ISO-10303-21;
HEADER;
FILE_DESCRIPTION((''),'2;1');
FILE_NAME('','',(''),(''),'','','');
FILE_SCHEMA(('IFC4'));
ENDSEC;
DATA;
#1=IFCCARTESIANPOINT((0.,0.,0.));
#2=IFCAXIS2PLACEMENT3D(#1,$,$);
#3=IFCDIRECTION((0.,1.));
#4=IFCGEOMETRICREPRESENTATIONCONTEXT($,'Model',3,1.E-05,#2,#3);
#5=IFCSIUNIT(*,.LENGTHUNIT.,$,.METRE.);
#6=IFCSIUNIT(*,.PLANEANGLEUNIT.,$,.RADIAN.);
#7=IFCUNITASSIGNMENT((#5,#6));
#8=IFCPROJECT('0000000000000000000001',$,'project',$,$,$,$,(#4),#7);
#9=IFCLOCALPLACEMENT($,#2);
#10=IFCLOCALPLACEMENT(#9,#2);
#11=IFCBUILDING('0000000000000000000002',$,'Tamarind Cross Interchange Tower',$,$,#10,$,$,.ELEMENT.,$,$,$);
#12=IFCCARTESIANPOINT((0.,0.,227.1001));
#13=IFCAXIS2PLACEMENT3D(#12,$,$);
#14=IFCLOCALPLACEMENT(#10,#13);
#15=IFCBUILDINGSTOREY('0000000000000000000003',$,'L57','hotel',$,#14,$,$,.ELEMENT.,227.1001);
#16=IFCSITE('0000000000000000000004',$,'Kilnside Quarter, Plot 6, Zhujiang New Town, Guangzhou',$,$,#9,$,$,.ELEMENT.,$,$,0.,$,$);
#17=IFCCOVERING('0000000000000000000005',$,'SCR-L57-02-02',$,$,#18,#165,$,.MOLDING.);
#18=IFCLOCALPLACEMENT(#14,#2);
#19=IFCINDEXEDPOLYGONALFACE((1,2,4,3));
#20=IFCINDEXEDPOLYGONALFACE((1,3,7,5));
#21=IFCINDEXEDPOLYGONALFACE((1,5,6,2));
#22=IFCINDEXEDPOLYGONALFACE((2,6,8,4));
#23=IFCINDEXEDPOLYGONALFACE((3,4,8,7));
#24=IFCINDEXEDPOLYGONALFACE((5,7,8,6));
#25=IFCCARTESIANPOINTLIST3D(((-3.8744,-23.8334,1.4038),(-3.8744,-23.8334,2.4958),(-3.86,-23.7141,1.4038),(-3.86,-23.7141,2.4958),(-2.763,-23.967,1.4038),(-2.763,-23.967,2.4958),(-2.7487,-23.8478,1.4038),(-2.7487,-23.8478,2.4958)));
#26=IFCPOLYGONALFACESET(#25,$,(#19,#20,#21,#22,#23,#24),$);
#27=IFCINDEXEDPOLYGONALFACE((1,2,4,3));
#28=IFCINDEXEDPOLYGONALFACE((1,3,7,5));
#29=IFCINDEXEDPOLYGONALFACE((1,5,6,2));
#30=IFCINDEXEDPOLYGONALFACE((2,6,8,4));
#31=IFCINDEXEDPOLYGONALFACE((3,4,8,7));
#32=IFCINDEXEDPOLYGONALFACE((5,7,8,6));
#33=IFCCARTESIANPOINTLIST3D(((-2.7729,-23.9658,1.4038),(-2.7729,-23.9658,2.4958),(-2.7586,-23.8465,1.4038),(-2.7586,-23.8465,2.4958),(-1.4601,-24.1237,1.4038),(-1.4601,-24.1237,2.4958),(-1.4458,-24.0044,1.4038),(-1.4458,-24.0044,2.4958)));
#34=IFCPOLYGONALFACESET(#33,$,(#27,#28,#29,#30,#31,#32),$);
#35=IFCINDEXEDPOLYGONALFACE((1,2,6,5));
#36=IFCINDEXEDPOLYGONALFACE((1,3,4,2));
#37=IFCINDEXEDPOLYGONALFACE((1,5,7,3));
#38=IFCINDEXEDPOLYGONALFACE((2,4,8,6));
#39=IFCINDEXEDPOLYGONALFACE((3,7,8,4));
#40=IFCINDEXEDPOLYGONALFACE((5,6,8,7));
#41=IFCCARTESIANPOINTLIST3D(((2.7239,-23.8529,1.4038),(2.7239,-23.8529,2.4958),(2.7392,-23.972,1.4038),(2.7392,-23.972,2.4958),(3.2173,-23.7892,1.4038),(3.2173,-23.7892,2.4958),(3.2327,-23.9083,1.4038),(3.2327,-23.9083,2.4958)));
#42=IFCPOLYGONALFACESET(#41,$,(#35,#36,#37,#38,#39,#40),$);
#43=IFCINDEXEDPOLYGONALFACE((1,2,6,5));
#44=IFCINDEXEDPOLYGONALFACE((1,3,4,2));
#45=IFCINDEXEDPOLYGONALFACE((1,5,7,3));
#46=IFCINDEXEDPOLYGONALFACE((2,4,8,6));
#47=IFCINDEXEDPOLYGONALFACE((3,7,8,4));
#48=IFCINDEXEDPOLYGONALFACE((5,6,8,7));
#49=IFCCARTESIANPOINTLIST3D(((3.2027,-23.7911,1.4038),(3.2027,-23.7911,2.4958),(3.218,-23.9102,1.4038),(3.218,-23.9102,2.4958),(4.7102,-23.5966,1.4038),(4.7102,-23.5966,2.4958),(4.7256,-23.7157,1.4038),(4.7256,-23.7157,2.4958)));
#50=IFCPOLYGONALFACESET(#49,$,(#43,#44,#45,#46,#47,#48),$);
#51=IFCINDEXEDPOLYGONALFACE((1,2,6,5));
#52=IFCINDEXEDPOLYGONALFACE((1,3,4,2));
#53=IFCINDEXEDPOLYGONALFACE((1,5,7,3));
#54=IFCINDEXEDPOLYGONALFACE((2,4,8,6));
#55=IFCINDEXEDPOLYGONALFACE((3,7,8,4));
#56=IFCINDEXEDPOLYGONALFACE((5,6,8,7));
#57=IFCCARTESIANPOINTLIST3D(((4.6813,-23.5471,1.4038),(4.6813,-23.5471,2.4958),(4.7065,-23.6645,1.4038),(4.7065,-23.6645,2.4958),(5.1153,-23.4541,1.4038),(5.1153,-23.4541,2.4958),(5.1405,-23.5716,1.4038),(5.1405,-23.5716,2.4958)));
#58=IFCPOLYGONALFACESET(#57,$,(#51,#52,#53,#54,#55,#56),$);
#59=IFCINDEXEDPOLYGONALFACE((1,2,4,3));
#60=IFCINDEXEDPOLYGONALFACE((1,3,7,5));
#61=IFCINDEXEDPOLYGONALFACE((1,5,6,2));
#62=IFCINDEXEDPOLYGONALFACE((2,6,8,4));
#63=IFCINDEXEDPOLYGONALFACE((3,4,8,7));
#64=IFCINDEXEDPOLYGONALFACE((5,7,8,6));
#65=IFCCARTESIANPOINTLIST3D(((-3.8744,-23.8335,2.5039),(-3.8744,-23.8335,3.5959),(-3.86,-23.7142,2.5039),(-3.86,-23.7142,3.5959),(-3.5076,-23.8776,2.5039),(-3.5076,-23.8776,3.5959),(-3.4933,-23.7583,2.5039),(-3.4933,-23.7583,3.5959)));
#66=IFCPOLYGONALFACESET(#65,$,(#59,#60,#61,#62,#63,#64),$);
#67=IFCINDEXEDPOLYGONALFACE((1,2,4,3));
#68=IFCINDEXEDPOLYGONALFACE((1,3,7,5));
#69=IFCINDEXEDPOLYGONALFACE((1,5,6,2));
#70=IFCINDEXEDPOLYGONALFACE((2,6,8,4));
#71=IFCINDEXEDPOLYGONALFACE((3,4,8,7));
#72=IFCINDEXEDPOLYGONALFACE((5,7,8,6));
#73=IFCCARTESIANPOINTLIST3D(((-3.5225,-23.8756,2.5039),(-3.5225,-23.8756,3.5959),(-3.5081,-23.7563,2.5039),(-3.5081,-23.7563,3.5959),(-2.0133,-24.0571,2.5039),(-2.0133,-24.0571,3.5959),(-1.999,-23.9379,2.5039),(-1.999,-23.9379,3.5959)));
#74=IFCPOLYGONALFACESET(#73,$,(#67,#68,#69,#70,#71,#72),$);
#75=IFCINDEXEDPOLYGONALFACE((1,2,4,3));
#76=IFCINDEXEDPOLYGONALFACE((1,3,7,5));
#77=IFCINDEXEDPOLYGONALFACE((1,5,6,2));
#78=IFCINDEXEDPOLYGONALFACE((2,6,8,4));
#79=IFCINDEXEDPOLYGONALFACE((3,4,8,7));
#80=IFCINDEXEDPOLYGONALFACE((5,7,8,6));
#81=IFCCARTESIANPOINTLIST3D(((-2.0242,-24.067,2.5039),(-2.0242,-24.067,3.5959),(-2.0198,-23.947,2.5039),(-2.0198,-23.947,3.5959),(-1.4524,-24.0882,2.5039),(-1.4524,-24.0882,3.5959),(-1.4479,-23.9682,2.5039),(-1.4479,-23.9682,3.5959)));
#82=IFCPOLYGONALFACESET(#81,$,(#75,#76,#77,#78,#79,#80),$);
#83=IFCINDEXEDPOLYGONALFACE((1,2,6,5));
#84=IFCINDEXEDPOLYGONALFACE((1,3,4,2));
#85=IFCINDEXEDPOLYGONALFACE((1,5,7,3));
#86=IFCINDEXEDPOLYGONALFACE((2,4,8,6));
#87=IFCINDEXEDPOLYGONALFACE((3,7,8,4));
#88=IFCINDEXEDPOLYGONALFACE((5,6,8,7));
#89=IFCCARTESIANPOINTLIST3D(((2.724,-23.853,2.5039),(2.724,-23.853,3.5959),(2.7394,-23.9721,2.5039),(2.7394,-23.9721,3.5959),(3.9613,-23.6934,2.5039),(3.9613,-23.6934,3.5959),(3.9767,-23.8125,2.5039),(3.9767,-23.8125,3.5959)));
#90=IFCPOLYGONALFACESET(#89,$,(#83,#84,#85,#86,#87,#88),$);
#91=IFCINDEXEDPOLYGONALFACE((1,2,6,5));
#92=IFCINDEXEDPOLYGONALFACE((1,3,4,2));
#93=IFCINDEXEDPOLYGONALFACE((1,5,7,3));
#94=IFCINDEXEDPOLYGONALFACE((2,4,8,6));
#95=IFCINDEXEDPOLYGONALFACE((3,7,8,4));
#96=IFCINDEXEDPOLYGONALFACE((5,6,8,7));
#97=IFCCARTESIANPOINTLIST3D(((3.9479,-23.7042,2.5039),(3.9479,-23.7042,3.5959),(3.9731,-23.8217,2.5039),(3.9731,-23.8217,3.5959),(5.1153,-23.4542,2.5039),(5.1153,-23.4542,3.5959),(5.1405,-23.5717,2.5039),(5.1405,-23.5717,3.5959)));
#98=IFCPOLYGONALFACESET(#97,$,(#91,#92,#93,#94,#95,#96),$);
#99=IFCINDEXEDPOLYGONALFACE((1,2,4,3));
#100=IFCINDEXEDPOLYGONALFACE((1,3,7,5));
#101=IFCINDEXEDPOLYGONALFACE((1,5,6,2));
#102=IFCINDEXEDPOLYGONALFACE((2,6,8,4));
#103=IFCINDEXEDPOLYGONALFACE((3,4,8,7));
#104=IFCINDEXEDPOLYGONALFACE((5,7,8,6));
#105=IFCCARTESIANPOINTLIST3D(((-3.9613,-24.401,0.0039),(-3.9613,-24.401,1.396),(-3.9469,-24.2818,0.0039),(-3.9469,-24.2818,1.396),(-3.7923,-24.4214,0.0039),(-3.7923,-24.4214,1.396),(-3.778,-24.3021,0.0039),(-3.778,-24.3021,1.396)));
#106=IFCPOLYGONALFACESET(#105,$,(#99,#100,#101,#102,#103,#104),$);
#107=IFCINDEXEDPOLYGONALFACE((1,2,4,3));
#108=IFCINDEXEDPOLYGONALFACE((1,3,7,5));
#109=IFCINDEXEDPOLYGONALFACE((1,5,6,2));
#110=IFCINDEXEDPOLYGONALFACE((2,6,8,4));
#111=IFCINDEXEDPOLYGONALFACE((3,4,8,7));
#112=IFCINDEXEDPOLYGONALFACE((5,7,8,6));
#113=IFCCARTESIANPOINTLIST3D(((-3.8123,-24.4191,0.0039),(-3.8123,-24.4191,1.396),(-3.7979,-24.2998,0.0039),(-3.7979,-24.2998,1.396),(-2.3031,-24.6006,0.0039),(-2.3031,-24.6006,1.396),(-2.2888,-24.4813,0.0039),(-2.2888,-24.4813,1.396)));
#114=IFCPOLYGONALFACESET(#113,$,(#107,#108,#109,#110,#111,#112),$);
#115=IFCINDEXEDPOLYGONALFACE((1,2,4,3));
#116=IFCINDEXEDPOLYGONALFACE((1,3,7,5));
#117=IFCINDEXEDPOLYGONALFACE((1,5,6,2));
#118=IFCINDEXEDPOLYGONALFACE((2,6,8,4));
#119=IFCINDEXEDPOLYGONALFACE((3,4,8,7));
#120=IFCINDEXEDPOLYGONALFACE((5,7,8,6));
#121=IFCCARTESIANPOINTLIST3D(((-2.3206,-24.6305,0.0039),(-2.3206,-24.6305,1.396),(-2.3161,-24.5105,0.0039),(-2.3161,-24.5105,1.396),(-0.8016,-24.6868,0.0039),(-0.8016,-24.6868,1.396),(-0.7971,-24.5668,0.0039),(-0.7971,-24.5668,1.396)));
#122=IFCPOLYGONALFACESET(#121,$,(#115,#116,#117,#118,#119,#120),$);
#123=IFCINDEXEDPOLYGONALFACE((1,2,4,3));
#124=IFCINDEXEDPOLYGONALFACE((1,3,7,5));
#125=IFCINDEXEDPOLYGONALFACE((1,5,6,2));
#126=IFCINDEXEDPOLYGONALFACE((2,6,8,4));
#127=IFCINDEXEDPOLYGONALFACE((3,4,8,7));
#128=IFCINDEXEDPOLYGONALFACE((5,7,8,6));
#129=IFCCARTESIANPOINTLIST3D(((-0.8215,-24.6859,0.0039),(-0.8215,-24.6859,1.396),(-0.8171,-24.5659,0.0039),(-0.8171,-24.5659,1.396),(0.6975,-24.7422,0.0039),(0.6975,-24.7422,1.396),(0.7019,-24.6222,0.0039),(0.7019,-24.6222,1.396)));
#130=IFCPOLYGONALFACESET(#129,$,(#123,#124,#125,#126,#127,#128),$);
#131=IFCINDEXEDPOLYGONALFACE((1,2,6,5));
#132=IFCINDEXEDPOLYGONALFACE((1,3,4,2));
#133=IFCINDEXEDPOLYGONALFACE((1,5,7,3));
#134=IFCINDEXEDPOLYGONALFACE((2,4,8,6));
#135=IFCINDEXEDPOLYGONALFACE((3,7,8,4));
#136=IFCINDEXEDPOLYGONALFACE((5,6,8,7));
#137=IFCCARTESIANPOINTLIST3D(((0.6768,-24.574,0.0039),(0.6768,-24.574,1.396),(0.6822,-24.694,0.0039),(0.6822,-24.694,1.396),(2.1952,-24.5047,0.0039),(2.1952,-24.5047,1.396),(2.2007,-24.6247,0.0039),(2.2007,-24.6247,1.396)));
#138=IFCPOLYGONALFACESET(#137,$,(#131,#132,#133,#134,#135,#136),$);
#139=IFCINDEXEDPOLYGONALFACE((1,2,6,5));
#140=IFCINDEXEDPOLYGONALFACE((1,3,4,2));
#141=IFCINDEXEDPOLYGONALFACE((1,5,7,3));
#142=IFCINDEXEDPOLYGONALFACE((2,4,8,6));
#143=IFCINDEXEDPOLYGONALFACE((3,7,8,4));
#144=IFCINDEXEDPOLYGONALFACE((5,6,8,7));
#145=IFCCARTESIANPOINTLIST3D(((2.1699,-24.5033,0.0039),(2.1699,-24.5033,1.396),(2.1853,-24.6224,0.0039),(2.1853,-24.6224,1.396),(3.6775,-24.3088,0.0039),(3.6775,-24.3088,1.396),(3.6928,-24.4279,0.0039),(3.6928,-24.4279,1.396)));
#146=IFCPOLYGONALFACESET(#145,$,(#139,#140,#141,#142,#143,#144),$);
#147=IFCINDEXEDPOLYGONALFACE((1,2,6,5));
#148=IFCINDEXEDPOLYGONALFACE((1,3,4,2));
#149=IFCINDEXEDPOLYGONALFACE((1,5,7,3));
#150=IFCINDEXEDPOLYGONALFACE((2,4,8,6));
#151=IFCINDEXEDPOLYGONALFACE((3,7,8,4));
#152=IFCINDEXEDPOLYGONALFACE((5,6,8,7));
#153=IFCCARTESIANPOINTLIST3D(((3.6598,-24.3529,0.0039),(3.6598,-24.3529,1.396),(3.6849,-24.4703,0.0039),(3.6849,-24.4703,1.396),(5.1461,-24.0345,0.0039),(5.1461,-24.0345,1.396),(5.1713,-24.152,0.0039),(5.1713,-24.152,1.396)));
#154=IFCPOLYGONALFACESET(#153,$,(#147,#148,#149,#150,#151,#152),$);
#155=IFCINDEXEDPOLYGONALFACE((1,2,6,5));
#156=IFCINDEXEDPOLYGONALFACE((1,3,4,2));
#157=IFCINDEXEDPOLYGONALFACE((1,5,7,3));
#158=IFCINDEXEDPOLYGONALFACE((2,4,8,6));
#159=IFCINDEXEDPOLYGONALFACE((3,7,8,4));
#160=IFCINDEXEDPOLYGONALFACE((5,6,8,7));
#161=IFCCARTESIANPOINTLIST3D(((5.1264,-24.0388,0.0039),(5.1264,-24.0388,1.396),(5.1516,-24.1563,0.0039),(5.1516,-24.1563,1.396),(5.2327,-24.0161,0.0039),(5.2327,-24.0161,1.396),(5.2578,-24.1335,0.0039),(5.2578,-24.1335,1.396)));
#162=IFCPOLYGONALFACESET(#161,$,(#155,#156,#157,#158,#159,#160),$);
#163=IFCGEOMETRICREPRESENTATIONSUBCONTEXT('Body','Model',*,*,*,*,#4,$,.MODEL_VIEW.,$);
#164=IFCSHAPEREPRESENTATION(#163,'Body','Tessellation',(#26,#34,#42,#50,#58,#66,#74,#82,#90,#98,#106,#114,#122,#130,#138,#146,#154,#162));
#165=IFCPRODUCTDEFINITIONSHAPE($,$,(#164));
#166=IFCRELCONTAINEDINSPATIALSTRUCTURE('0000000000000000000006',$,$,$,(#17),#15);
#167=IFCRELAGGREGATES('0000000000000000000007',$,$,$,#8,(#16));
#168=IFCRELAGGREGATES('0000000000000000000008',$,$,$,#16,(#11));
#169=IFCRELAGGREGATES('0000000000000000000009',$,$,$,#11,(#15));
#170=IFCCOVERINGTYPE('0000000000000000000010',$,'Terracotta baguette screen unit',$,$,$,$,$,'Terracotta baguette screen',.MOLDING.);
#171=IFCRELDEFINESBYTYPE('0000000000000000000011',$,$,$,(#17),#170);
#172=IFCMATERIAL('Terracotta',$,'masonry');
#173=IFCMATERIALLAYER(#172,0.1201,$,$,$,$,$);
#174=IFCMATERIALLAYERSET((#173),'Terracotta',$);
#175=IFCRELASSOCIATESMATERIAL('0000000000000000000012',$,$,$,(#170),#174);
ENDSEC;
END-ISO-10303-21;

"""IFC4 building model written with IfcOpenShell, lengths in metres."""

from ifc_helpers import new_model, si_unit, direction, frame, origin, origin_2d, place, context, subcontext, project, spatial, rectangle, extrude, material, layer, layer_set, type_object, element, save


model = new_model("IFC4")

# Units and contexts
model_context = context("Model", 3, precision=1e-05, world=origin(), true_north=direction((0.0, 1.0)))
body_context = subcontext(model_context, "Body", "Model", "MODEL_VIEW")
ifc_project = project(units=[si_unit("LENGTHUNIT", "METRE"), si_unit("PLANEANGLEUNIT", "RADIAN")], contexts=[model_context])

# Site, building, storey
site_placement = place(None, origin())
site = spatial("IfcSite", under=ifc_project, at=site_placement, Name="Kilnside Quarter, Plot 6, Zhujiang New Town, Guangzhou", CompositionType="ELEMENT", RefElevation=0.0)
building_placement = place(site_placement, origin())
building = spatial("IfcBuilding", under=site, at=building_placement, Name="Tamarind Cross Interchange Tower", CompositionType="ELEMENT")
storey_placement = place(building_placement, frame((0.0, 0.0, 227.1001)))
storey = spatial("IfcBuildingStorey", under=building, at=storey_placement, Name="L57", Description="hotel", CompositionType="ELEMENT", Elevation=227.1001)

# Covering
ifc_material_1 = material(Name="Terracotta", Category="masonry")
ifc_layer_1 = layer(ifc_material_1, 0.1201)
ifc_layer_set_1 = layer_set([ifc_layer_1], Name="Terracotta")
covering_type = type_object("IfcCoveringType", Name="Terracotta baguette screen unit", ElementType="Terracotta baguette screen", PredefinedType="MOLDING", material=ifc_layer_set_1)
covering_1_placement = place(storey_placement, origin())
element("IfcCovering", 1, at=covering_1_placement, inside=storey, type_object=covering_type, Name="SCR-L57-02-02", PredefinedType="MOLDING", context=body_context, shape_type="SweptSolid", body=[
    extrude(rectangle(XDim=1.1194, YDim=0.1201, at=origin_2d()), frame((-3.3115, -23.8406, 1.4038), z_axis=(0.0, 0.0, 1.0), x_axis=(0.992844, -0.119421, 0.0)), (0.0, 0.0, 1.0), 1.092),
    extrude(rectangle(XDim=1.3223, YDim=0.1201, at=origin_2d()), frame((-2.1094, -23.9851, 1.4038), z_axis=(0.0, 0.0, 1.0), x_axis=(0.992844, -0.119421, 0.0)), (0.0, 0.0, 1.0), 1.092),
    extrude(rectangle(XDim=0.4976, YDim=0.1201, at=origin_2d()), frame((2.9783, -23.8806, 1.4038), z_axis=(0.0, 0.0, 1.0), x_axis=(0.991779, 0.127962, 0.0)), (0.0, 0.0, 1.0), 1.092),
    extrude(rectangle(XDim=1.52, YDim=0.1201, at=origin_2d()), frame((3.9641, -23.7534, 1.4038), z_axis=(0.0, 0.0, 1.0), x_axis=(0.991779, 0.127962, 0.0)), (0.0, 0.0, 1.0), 1.092),
    extrude(rectangle(XDim=0.4438, YDim=0.1201, at=origin_2d()), frame((4.9109, -23.5593, 1.4038), z_axis=(0.0, 0.0, 1.0), x_axis=(0.977825, 0.209425, 0.0)), (0.0, 0.0, 1.0), 1.092),
    extrude(rectangle(XDim=0.3694, YDim=0.1201, at=origin_2d()), frame((-3.6838, -23.7959, 2.5039), z_axis=(0.0, 0.0, 1.0), x_axis=(0.992844, -0.119421, 0.0)), (0.0, 0.0, 1.0), 1.092),
    extrude(rectangle(XDim=1.52, YDim=0.1201, at=origin_2d()), frame((-2.7607, -23.9067, 2.5039), z_axis=(0.0, 0.0, 1.0), x_axis=(0.992844, -0.119421, 0.0)), (0.0, 0.0, 1.0), 1.092),
    extrude(rectangle(XDim=0.5723, YDim=0.1201, at=origin_2d()), frame((-1.7361, -24.0176, 2.5039), z_axis=(0.0, 0.0, 1.0), x_axis=(0.999314, -0.037025, 0.0)), (0.0, 0.0, 1.0), 1.092),
    extrude(rectangle(XDim=1.2476, YDim=0.1201, at=origin_2d()), frame((3.3503, -23.8328, 2.5039), z_axis=(0.0, 0.0, 1.0), x_axis=(0.991779, 0.127962, 0.0)), (0.0, 0.0, 1.0), 1.092),
    extrude(rectangle(XDim=1.1938, YDim=0.1201, at=origin_2d()), frame((4.5442, -23.6379, 2.5039), z_axis=(0.0, 0.0, 1.0), x_axis=(0.977825, 0.209425, 0.0)), (0.0, 0.0, 1.0), 1.092),
    extrude(rectangle(XDim=0.1702, YDim=0.1201, at=origin_2d()), frame((-3.8696, -24.3516, 0.0039), z_axis=(0.0, 0.0, 1.0), x_axis=(0.992844, -0.119421, 0.0)), (0.0, 0.0, 1.0), 1.3921),
    extrude(rectangle(XDim=1.52, YDim=0.1201, at=origin_2d()), frame((-3.0505, -24.4502, 0.0039), z_axis=(0.0, 0.0, 1.0), x_axis=(0.992844, -0.119421, 0.0)), (0.0, 0.0, 1.0), 1.3921),
    extrude(rectangle(XDim=1.52, YDim=0.1201, at=origin_2d()), frame((-1.5588, -24.5986, 0.0039), z_axis=(0.0, 0.0, 1.0), x_axis=(0.999314, -0.037025, 0.0)), (0.0, 0.0, 1.0), 1.3921),
    extrude(rectangle(XDim=1.52, YDim=0.1201, at=origin_2d()), frame((-0.0598, -24.6541, 0.0039), z_axis=(0.0, 0.0, 1.0), x_axis=(0.999314, -0.037025, 0.0)), (0.0, 0.0, 1.0), 1.3921),
    extrude(rectangle(XDim=1.52, YDim=0.1201, at=origin_2d()), frame((1.4387, -24.5994, 0.0039), z_axis=(0.0, 0.0, 1.0), x_axis=(0.998959, 0.045624, 0.0)), (0.0, 0.0, 1.0), 1.3921),
    extrude(rectangle(XDim=1.52, YDim=0.1201, at=origin_2d()), frame((2.9314, -24.4656, 0.0039), z_axis=(0.0, 0.0, 1.0), x_axis=(0.991779, 0.127962, 0.0)), (0.0, 0.0, 1.0), 1.3921),
    extrude(rectangle(XDim=1.52, YDim=0.1201, at=origin_2d()), frame((4.4155, -24.2524, 0.0039), z_axis=(0.0, 0.0, 1.0), x_axis=(0.977825, 0.209425, 0.0)), (0.0, 0.0, 1.0), 1.3921),
    extrude(rectangle(XDim=0.1086, YDim=0.1201, at=origin_2d()), frame((5.1921, -24.0862, 0.0039), z_axis=(0.0, 0.0, 1.0), x_axis=(0.977825, 0.209425, 0.0)), (0.0, 0.0, 1.0), 1.3921),
])

save(model, "model.ifc")
